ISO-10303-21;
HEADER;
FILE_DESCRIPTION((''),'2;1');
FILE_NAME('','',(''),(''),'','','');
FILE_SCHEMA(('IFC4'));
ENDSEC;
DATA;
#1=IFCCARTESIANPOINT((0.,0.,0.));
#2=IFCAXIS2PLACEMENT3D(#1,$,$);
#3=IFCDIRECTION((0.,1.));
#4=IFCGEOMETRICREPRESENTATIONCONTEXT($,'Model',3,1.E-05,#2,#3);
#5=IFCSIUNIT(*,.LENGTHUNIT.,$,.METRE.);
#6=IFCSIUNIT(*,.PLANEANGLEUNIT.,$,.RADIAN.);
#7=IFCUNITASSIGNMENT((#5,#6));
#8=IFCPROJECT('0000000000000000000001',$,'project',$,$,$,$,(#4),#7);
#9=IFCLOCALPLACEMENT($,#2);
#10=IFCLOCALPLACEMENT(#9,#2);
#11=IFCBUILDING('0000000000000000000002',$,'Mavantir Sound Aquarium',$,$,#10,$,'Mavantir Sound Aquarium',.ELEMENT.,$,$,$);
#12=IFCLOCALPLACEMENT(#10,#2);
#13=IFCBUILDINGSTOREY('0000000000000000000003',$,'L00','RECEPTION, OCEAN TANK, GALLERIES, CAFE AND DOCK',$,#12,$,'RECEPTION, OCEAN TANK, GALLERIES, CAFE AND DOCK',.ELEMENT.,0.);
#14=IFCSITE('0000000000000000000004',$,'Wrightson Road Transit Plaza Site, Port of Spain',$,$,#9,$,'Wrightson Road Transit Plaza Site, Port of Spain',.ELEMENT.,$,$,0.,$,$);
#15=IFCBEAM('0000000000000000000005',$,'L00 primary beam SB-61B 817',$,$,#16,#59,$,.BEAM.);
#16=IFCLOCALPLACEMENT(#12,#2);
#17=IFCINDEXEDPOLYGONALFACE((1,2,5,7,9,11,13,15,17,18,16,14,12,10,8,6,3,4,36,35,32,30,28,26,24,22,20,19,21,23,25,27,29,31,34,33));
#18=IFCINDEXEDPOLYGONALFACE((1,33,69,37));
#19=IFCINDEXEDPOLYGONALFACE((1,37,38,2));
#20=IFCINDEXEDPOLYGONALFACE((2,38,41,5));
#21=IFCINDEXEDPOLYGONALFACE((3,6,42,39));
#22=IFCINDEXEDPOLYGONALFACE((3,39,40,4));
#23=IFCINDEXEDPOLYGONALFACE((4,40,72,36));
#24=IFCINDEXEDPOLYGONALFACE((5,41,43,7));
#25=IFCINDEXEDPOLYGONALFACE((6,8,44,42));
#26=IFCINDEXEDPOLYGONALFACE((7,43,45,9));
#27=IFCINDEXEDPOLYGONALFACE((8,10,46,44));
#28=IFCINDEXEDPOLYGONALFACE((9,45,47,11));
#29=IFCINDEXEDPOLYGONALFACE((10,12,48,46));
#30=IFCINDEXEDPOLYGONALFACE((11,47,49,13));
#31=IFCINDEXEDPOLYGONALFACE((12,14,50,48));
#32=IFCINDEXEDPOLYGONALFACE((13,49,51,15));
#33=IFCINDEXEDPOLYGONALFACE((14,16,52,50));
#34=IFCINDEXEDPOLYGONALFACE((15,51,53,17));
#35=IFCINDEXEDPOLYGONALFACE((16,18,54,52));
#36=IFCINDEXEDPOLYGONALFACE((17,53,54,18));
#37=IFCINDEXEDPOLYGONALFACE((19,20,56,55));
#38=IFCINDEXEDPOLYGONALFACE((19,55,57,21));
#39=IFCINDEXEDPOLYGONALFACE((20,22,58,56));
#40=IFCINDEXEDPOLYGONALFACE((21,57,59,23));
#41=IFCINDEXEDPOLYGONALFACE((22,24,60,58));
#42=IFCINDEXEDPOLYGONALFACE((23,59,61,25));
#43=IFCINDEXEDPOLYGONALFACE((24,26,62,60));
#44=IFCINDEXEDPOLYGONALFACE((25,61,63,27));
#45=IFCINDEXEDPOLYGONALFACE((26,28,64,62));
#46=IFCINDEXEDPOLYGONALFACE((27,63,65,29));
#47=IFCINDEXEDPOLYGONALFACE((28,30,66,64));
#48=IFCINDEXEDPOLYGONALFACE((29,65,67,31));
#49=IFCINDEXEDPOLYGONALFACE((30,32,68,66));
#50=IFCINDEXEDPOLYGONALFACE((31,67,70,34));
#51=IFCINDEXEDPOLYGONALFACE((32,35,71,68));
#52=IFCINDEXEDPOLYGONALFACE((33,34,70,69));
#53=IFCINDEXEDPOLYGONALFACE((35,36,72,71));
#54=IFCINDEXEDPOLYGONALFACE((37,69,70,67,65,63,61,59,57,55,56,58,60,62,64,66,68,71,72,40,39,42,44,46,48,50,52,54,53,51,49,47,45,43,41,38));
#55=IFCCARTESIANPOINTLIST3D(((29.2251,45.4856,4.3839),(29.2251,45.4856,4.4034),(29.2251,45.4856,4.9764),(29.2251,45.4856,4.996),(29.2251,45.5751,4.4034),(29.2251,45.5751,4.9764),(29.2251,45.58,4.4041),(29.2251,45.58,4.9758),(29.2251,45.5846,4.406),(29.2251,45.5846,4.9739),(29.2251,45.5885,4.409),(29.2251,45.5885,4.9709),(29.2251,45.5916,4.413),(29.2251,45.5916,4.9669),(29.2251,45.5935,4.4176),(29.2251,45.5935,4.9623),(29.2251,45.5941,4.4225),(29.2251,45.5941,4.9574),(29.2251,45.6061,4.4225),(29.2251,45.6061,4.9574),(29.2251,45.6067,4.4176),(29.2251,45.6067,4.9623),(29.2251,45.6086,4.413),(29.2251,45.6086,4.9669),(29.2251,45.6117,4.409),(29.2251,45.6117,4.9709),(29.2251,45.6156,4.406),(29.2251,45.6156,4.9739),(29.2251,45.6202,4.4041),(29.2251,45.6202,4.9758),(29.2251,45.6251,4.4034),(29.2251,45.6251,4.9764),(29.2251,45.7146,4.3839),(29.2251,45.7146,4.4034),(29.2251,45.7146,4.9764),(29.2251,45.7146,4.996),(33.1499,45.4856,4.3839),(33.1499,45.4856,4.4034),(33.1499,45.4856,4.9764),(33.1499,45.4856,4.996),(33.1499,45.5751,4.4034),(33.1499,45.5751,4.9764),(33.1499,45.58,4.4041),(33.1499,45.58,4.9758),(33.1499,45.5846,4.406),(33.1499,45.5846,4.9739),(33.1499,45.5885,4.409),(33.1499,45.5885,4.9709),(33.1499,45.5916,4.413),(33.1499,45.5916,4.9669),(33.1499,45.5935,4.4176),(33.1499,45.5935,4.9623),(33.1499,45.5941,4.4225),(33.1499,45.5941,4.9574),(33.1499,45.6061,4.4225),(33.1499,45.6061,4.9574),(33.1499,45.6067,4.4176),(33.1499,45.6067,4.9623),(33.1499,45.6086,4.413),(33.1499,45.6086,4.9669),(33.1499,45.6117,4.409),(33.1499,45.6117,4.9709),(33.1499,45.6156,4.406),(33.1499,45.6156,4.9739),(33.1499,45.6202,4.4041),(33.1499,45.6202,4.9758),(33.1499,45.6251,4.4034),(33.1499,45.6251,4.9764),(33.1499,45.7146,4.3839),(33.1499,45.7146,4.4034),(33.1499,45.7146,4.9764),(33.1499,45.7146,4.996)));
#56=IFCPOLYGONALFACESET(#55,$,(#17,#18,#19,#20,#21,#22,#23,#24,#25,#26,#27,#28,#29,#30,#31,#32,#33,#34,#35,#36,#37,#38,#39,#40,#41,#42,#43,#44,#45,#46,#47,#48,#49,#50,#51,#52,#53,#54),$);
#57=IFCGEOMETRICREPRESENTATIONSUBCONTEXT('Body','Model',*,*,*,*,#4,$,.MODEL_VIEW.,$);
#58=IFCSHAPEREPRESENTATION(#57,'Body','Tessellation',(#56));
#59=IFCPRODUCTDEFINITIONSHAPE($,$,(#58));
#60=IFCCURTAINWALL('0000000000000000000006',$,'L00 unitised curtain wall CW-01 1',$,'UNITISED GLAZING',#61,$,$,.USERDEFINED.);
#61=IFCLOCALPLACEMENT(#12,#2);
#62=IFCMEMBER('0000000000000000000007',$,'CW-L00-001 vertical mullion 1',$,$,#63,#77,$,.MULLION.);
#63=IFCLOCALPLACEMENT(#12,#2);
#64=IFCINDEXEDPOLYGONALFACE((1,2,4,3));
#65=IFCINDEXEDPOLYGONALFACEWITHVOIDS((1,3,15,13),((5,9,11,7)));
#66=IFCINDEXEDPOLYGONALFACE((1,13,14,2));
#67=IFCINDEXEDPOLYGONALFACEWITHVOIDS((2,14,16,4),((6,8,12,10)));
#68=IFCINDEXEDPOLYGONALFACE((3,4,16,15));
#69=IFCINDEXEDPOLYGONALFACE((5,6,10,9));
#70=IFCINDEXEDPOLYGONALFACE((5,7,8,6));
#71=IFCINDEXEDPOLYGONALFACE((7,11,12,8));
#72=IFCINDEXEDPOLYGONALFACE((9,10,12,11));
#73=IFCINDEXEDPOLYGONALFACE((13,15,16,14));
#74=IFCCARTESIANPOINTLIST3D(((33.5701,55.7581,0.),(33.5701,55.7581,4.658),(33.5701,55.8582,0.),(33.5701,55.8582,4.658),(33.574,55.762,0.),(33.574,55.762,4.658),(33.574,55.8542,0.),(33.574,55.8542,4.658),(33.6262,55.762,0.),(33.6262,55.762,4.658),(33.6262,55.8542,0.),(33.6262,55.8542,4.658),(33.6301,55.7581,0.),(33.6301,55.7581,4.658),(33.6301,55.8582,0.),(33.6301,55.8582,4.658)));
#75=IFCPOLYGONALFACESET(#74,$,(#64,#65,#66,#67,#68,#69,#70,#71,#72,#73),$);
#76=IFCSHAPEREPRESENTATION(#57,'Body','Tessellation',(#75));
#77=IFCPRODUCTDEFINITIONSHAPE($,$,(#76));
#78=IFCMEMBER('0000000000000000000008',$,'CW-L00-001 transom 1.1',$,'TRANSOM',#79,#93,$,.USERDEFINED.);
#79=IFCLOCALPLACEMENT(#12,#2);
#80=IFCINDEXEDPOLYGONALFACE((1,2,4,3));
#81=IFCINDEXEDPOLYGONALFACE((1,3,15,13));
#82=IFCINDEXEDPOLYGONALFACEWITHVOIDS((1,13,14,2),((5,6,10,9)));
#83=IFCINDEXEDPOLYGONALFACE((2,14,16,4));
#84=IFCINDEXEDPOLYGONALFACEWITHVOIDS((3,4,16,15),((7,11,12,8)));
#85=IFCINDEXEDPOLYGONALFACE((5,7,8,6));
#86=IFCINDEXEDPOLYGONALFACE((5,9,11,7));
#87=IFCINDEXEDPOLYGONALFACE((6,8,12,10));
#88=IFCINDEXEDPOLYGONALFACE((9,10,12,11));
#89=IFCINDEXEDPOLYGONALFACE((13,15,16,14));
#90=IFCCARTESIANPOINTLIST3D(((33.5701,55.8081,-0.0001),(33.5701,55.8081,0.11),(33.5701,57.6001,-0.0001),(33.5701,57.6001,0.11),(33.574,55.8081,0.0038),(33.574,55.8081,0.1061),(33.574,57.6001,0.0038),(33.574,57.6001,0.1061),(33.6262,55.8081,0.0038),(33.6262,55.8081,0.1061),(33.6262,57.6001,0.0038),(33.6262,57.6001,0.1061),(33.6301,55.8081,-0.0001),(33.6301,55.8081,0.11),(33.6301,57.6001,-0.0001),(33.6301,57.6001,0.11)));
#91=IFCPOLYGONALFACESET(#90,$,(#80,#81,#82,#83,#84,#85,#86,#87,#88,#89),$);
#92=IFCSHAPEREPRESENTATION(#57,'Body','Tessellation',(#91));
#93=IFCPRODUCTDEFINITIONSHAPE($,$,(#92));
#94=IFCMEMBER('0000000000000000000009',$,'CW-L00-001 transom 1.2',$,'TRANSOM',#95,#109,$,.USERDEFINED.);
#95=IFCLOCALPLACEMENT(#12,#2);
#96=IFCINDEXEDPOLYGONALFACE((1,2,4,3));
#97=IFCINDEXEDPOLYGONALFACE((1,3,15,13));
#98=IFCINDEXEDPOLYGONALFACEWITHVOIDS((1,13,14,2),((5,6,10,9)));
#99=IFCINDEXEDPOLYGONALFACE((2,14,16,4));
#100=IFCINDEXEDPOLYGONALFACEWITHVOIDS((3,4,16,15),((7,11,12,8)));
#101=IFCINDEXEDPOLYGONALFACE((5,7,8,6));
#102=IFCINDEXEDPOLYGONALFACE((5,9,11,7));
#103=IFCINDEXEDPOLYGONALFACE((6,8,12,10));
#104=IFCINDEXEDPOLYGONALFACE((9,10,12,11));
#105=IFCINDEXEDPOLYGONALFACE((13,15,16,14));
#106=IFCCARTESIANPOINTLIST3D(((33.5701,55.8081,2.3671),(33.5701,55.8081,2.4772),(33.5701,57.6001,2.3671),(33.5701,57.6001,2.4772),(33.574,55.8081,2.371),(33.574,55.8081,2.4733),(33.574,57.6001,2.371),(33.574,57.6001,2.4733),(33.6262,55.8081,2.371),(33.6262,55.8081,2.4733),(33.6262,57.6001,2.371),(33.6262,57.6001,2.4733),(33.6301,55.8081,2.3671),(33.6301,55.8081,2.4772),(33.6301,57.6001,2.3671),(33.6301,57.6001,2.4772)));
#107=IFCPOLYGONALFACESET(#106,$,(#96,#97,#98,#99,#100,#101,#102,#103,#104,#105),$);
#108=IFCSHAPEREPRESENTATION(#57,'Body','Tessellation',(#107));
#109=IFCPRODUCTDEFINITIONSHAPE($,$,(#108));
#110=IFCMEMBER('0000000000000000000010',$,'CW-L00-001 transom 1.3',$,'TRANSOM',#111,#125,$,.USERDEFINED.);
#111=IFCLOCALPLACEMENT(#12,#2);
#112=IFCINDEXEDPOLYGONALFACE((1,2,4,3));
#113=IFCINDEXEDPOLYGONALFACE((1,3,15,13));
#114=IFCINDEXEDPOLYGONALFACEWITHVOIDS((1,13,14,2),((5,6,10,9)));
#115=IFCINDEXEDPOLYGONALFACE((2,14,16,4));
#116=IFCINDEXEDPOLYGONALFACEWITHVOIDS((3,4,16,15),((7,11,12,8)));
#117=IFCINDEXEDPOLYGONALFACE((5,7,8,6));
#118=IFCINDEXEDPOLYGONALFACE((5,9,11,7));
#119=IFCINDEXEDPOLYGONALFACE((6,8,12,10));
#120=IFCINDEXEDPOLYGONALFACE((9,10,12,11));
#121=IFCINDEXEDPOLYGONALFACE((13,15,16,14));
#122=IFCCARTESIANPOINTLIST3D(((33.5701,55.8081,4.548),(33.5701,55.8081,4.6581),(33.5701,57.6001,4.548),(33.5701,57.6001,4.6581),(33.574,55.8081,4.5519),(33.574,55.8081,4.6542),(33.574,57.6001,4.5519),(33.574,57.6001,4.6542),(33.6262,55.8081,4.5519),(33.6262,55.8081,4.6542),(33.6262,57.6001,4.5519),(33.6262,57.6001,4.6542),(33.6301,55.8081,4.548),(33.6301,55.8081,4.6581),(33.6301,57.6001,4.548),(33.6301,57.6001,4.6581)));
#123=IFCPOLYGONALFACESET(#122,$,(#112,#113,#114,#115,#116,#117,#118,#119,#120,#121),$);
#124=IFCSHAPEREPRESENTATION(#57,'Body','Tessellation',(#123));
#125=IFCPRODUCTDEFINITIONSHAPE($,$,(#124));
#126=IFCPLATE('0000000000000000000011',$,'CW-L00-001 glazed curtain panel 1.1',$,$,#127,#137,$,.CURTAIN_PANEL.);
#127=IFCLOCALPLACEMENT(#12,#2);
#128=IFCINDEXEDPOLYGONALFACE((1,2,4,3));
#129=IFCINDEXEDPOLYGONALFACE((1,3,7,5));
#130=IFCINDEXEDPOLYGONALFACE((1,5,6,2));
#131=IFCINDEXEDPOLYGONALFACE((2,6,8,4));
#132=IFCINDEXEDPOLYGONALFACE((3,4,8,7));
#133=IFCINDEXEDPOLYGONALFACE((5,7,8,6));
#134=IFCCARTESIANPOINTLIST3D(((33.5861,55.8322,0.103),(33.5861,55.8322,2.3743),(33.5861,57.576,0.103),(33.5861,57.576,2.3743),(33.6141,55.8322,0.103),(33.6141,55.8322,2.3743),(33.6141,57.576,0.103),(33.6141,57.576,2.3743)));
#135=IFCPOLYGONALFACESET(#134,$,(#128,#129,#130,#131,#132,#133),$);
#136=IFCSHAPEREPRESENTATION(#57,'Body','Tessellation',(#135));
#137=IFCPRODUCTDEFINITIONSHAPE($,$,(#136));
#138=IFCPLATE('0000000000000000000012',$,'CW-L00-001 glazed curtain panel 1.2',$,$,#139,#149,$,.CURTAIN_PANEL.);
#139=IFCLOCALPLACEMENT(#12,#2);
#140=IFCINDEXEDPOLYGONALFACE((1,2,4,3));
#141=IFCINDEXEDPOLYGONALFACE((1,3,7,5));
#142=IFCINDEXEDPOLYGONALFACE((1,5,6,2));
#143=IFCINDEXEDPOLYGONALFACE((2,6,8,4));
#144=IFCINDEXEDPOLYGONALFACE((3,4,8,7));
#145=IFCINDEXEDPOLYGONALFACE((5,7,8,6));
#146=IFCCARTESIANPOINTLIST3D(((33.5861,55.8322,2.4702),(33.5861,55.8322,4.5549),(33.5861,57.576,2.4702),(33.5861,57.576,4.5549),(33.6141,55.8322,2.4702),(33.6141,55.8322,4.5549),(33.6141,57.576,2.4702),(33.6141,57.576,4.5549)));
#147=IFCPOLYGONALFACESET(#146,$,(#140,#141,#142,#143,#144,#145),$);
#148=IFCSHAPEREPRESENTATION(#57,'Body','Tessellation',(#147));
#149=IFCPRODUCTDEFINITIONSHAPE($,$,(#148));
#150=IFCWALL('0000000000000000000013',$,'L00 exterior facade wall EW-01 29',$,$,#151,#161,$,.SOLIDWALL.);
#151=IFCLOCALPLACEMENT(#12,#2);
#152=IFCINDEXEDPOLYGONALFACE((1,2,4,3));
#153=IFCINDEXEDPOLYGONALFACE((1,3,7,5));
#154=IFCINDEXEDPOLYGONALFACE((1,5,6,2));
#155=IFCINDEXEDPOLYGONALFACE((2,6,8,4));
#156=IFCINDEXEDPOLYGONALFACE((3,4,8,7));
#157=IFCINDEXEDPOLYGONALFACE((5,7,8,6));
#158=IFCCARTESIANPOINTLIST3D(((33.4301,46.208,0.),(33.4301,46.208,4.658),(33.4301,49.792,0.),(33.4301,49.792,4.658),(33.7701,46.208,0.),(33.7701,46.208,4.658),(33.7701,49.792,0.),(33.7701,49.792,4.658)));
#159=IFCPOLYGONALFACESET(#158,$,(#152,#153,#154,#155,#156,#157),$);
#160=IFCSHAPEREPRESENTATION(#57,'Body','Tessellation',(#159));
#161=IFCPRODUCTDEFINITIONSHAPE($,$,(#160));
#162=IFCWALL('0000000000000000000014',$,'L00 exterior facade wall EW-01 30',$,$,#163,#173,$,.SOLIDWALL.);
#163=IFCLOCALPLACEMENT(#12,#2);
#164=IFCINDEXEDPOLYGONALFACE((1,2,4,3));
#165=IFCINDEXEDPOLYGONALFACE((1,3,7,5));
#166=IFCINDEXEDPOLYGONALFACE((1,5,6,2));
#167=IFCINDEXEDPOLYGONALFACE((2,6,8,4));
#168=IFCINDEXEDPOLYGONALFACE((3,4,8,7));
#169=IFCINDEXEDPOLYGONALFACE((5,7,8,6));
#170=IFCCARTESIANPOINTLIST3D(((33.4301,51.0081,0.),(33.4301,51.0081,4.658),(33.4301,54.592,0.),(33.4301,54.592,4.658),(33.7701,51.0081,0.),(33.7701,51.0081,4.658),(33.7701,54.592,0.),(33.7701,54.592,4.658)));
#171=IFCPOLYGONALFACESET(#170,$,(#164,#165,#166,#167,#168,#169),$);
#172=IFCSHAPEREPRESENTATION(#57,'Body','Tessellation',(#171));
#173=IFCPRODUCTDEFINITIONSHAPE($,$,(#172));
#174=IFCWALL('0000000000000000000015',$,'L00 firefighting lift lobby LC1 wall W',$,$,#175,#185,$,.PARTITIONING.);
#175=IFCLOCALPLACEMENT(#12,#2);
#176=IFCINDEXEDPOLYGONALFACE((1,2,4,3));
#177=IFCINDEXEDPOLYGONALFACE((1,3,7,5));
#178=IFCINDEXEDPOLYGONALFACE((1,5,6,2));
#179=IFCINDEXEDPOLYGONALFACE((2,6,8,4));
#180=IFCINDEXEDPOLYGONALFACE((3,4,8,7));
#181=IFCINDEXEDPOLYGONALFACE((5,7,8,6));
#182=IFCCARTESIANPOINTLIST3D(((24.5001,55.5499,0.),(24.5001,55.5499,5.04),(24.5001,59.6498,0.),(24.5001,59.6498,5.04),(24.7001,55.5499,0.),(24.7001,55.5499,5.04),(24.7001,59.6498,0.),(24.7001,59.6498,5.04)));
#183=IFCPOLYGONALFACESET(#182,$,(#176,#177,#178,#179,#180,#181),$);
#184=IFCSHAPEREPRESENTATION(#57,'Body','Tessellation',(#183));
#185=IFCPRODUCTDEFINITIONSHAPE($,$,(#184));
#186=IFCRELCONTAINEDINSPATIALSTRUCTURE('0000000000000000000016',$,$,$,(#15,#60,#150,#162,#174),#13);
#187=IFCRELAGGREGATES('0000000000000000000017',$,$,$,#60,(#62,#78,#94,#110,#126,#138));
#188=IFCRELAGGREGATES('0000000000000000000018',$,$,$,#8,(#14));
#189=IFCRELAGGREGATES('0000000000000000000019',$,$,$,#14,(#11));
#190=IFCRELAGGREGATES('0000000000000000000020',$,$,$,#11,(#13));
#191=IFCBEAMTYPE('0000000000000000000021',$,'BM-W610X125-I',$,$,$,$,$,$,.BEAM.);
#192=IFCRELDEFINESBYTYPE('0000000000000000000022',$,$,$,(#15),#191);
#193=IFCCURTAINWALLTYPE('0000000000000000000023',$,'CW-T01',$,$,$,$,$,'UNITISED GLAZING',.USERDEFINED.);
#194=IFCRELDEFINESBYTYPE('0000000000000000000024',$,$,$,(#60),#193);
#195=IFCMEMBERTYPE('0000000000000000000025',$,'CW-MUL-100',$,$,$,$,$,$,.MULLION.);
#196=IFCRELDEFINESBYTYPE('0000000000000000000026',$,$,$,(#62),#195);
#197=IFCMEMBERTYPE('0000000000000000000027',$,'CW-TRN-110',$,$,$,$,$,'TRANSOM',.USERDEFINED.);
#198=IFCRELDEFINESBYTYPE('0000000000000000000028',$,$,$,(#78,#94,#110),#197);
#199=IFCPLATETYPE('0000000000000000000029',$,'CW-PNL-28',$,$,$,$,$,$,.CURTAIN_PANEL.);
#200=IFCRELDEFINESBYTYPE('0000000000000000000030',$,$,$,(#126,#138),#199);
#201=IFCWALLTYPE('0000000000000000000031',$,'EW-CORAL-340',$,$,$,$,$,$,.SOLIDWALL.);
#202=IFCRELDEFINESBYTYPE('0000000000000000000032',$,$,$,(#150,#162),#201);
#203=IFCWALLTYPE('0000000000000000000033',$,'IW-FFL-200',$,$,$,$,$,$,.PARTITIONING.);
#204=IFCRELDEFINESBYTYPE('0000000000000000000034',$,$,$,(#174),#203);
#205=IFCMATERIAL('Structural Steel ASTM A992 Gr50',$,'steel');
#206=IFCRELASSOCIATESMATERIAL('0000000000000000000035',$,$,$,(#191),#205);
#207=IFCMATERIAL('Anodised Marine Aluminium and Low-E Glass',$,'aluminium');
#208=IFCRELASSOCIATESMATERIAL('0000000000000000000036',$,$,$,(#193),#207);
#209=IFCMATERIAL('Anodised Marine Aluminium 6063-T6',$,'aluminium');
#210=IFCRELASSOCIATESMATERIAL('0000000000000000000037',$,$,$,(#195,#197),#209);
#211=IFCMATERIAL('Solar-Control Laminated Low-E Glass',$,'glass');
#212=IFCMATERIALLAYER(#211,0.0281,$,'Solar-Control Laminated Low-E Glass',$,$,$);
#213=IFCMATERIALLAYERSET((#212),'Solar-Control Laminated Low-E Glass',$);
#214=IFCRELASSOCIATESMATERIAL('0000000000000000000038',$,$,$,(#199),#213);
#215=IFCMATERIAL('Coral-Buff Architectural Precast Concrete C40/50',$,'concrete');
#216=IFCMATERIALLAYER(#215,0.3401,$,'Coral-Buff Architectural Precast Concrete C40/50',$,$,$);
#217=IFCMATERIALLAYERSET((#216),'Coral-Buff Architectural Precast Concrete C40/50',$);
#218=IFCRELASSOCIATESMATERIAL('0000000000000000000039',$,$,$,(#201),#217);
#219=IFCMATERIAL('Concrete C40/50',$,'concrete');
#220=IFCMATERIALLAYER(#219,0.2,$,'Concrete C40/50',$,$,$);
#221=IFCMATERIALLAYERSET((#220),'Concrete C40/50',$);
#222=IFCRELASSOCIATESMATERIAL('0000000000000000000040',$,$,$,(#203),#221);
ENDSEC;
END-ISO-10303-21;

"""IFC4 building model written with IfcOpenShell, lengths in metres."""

from ifc_helpers import new_model, si_unit, direction, frame, frame_2d, origin, origin_2d, place, context, subcontext, project, spatial, rectangle, hollow_rectangle, i_section, extrude, material, layer, layer_set, material_profile, profile_set, type_object, element, aggregate, save


model = new_model("IFC4")

# Units and contexts
model_context = context("Model", 3, precision=1e-05, world=origin(), true_north=direction((0.0, 1.0)))
body_context = subcontext(model_context, "Body", "Model", "MODEL_VIEW")
ifc_project = project(units=[si_unit("LENGTHUNIT", "METRE"), si_unit("PLANEANGLEUNIT", "RADIAN")], contexts=[model_context])

# Site, building, storey
site_placement = place(None, origin())
site = spatial("IfcSite", under=ifc_project, at=site_placement, Name="Wrightson Road Transit Plaza Site, Port of Spain", LongName="Wrightson Road Transit Plaza Site, Port of Spain", CompositionType="ELEMENT", RefElevation=0.0)
building_placement = place(site_placement, origin())
building = spatial("IfcBuilding", under=site, at=building_placement, Name="Mavantir Sound Aquarium", LongName="Mavantir Sound Aquarium", CompositionType="ELEMENT")
storey_placement = place(building_placement, origin())
storey = spatial("IfcBuildingStorey", under=building, at=storey_placement, Name="L00", Description="RECEPTION, OCEAN TANK, GALLERIES, CAFE AND DOCK", LongName="RECEPTION, OCEAN TANK, GALLERIES, CAFE AND DOCK", CompositionType="ELEMENT", Elevation=0.0)

# Shared definitions
ifc_material_1 = material(Name="Concrete C40/50", Category="concrete")

# Beam
ifc_material_2 = material(Name="Structural Steel ASTM A992 Gr50", Category="steel")
ifc_material_profile_1 = material_profile(ifc_material_2, i_section(OverallWidth=0.229, OverallDepth=0.6121, WebThickness=0.012, FlangeThickness=0.0195, FilletRadius=0.019, at=origin_2d()), Name="W610X125")
ifc_profile_set_1 = profile_set([ifc_material_profile_1], Name="Structural Steel ASTM A992 Gr50")
beam_type_1 = type_object("IfcBeamType", Name="BM-W610X125-I", PredefinedType="BEAM", material=ifc_profile_set_1)
beam_1_placement = place(storey_placement, frame((29.2251, 45.6001, 4.6899), z_axis=(1.0, 0.0, 0.0), x_axis=(0.0, 1.0, 0.0)))
element("IfcBeam", 1, at=beam_1_placement, inside=storey, type_object=beam_type_1, Name="L00 primary beam SB-61B 817", PredefinedType="BEAM", context=body_context, shape_type="SweptSolid", body=[
    extrude(i_section(OverallWidth=0.229, OverallDepth=0.6121, WebThickness=0.012, FlangeThickness=0.0195, FilletRadius=0.019, at=origin_2d()), origin(), (0.0, 0.0, 1.0), 3.9248),
])

# Curtain wall, members, plates
ifc_material_3 = material(Name="Anodised Marine Aluminium and Low-E Glass", Category="aluminium")
curtain_wall_type = type_object("IfcCurtainWallType", Name="CW-T01", ElementType="UNITISED GLAZING", PredefinedType="USERDEFINED", material=ifc_material_3)
curtain_wall_placement = place(storey_placement, origin())
curtain_wall = element("IfcCurtainWall", 2, at=curtain_wall_placement, inside=storey, type_object=curtain_wall_type, Name="L00 unitised curtain wall CW-01 1", ObjectType="UNITISED GLAZING", PredefinedType="USERDEFINED")
ifc_material_4 = material(Name="Anodised Marine Aluminium 6063-T6", Category="aluminium")
ifc_material_profile_2 = material_profile(ifc_material_4, hollow_rectangle(XDim=0.0601, YDim=0.1001, WallThickness=0.0039, at=origin_2d()), Name="ALU-MULLION-100X60")
ifc_profile_set_2 = profile_set([ifc_material_profile_2], Name="Anodised Marine Aluminium 6063-T6")
member_type_1 = type_object("IfcMemberType", Name="CW-MUL-100", PredefinedType="MULLION", material=ifc_profile_set_2)
member_1_placement = place(storey_placement, frame((33.6001, 55.8081, 0.0), z_axis=(0.0, 0.0, 1.0), x_axis=(1.0, 0.0, 0.0)))
member_1 = element("IfcMember", 3, at=member_1_placement, type_object=member_type_1, Name="CW-L00-001 vertical mullion 1", PredefinedType="MULLION", context=body_context, shape_type="SweptSolid", body=[
    extrude(hollow_rectangle(XDim=0.0601, YDim=0.1001, WallThickness=0.0039, at=origin_2d()), origin(), (0.0, 0.0, 1.0), 4.658),
])
ifc_material_profile_3 = material_profile(ifc_material_4, hollow_rectangle(XDim=0.0601, YDim=0.1101, WallThickness=0.0039, at=origin_2d()), Name="ALU-TRANSOM-110X60")
ifc_profile_set_3 = profile_set([ifc_material_profile_3], Name="Anodised Marine Aluminium 6063-T6")
member_type_2 = type_object("IfcMemberType", Name="CW-TRN-110", ElementType="TRANSOM", PredefinedType="USERDEFINED", material=ifc_profile_set_3)
member_2_placement = place(storey_placement, frame((33.6001, 55.8081, 0.0549), z_axis=(0.0, 1.0, 0.0), x_axis=(-1.0, 0.0, 0.0)))
member_2 = element("IfcMember", 4, at=member_2_placement, type_object=member_type_2, Name="CW-L00-001 transom 1.1", ObjectType="TRANSOM", PredefinedType="USERDEFINED", context=body_context, shape_type="SweptSolid", body=[
    extrude(hollow_rectangle(XDim=0.0601, YDim=0.1101, WallThickness=0.0039, at=origin_2d()), origin(), (0.0, 0.0, 1.0), 1.792),
])
member_3_placement = place(storey_placement, frame((33.6001, 55.8081, 2.4221), z_axis=(0.0, 1.0, 0.0), x_axis=(-1.0, 0.0, 0.0)))
member_3 = element("IfcMember", 5, at=member_3_placement, type_object=member_type_2, Name="CW-L00-001 transom 1.2", ObjectType="TRANSOM", PredefinedType="USERDEFINED", context=body_context, shape_type="SweptSolid", body=[
    extrude(hollow_rectangle(XDim=0.0601, YDim=0.1101, WallThickness=0.0039, at=origin_2d()), origin(), (0.0, 0.0, 1.0), 1.792),
])
member_4_placement = place(storey_placement, frame((33.6001, 55.8081, 4.603), z_axis=(0.0, 1.0, 0.0), x_axis=(-1.0, 0.0, 0.0)))
member_4 = element("IfcMember", 6, at=member_4_placement, type_object=member_type_2, Name="CW-L00-001 transom 1.3", ObjectType="TRANSOM", PredefinedType="USERDEFINED", context=body_context, shape_type="SweptSolid", body=[
    extrude(hollow_rectangle(XDim=0.0601, YDim=0.1101, WallThickness=0.0039, at=origin_2d()), origin(), (0.0, 0.0, 1.0), 1.792),
])
ifc_material_5 = material(Name="Solar-Control Laminated Low-E Glass", Category="glass")
ifc_layer_1 = layer(ifc_material_5, 0.0281, Name="Solar-Control Laminated Low-E Glass")
ifc_layer_set_1 = layer_set([ifc_layer_1], Name="Solar-Control Laminated Low-E Glass")
plate_type = type_object("IfcPlateType", Name="CW-PNL-28", PredefinedType="CURTAIN_PANEL", material=ifc_layer_set_1)
plate_1_placement = place(storey_placement, frame((33.6001, 56.7041, 0.103), z_axis=(0.0, 0.0, 1.0), x_axis=(0.0, 1.0, 0.0)))
plate_1 = element("IfcPlate", 7, at=plate_1_placement, type_object=plate_type, Name="CW-L00-001 glazed curtain panel 1.1", PredefinedType="CURTAIN_PANEL", context=body_context, shape_type="SweptSolid", body=[
    extrude(rectangle(XDim=1.7439, YDim=0.0281, at=origin_2d()), origin(), (0.0, 0.0, 1.0), 2.2712),
])
plate_2_placement = place(storey_placement, frame((33.6001, 56.7041, 2.4702), z_axis=(0.0, 0.0, 1.0), x_axis=(0.0, 1.0, 0.0)))
plate_2 = element("IfcPlate", 8, at=plate_2_placement, type_object=plate_type, Name="CW-L00-001 glazed curtain panel 1.2", PredefinedType="CURTAIN_PANEL", context=body_context, shape_type="SweptSolid", body=[
    extrude(rectangle(XDim=1.7439, YDim=0.0281, at=origin_2d()), origin(), (0.0, 0.0, 1.0), 2.0847),
])
aggregate(curtain_wall, [member_1, member_2, member_3, member_4, plate_1, plate_2])

# Walls
ifc_material_6 = material(Name="Coral-Buff Architectural Precast Concrete C40/50", Category="concrete")
ifc_layer_2 = layer(ifc_material_6, 0.3401, Name="Coral-Buff Architectural Precast Concrete C40/50")
ifc_layer_set_2 = layer_set([ifc_layer_2], Name="Coral-Buff Architectural Precast Concrete C40/50")
wall_type_1 = type_object("IfcWallType", Name="EW-CORAL-340", PredefinedType="SOLIDWALL", material=ifc_layer_set_2)
for number, where, z_axis, x_axis, name in (
    (9, (33.6001, 46.208, 0.0), (0.0, 0.0, 1.0), (0.0, 1.0, 0.0), "L00 exterior facade wall EW-01 29"),
    (10, (33.6001, 51.0081, 0.0), (0.0, 0.0, 1.0), (0.0, 1.0, 0.0), "L00 exterior facade wall EW-01 30"),
):
    element("IfcWall", number, at=place(storey_placement, frame(where, z_axis=z_axis, x_axis=x_axis)), inside=storey, type_object=wall_type_1, Name=name, PredefinedType="SOLIDWALL", context=body_context, shape_type="SweptSolid", body=[
        extrude(rectangle(XDim=3.584, YDim=0.3401, at=frame_2d((1.792, 0.0))), origin(), (0.0, 0.0, 1.0), 4.658),
    ])
ifc_layer_3 = layer(ifc_material_1, 0.2, Name="Concrete C40/50")
ifc_layer_set_3 = layer_set([ifc_layer_3], Name="Concrete C40/50")
wall_type_2 = type_object("IfcWallType", Name="IW-FFL-200", PredefinedType="PARTITIONING", material=ifc_layer_set_3)
for number, where, z_axis, x_axis, name in (
    (11, (24.6001, 55.55, 0.0), (0.0, 0.0, 1.0), (0.0, 1.0, 0.0), "L00 firefighting lift lobby LC1 wall W"),
):
    element("IfcWall", number, at=place(storey_placement, frame(where, z_axis=z_axis, x_axis=x_axis)), inside=storey, type_object=wall_type_2, Name=name, PredefinedType="PARTITIONING", context=body_context, shape_type="SweptSolid", body=[
        extrude(rectangle(XDim=4.0999, YDim=0.2, at=frame_2d((2.0498, 0.0))), origin(), (0.0, 0.0, 1.0), 5.04),
    ])

save(model, "model.ifc")
